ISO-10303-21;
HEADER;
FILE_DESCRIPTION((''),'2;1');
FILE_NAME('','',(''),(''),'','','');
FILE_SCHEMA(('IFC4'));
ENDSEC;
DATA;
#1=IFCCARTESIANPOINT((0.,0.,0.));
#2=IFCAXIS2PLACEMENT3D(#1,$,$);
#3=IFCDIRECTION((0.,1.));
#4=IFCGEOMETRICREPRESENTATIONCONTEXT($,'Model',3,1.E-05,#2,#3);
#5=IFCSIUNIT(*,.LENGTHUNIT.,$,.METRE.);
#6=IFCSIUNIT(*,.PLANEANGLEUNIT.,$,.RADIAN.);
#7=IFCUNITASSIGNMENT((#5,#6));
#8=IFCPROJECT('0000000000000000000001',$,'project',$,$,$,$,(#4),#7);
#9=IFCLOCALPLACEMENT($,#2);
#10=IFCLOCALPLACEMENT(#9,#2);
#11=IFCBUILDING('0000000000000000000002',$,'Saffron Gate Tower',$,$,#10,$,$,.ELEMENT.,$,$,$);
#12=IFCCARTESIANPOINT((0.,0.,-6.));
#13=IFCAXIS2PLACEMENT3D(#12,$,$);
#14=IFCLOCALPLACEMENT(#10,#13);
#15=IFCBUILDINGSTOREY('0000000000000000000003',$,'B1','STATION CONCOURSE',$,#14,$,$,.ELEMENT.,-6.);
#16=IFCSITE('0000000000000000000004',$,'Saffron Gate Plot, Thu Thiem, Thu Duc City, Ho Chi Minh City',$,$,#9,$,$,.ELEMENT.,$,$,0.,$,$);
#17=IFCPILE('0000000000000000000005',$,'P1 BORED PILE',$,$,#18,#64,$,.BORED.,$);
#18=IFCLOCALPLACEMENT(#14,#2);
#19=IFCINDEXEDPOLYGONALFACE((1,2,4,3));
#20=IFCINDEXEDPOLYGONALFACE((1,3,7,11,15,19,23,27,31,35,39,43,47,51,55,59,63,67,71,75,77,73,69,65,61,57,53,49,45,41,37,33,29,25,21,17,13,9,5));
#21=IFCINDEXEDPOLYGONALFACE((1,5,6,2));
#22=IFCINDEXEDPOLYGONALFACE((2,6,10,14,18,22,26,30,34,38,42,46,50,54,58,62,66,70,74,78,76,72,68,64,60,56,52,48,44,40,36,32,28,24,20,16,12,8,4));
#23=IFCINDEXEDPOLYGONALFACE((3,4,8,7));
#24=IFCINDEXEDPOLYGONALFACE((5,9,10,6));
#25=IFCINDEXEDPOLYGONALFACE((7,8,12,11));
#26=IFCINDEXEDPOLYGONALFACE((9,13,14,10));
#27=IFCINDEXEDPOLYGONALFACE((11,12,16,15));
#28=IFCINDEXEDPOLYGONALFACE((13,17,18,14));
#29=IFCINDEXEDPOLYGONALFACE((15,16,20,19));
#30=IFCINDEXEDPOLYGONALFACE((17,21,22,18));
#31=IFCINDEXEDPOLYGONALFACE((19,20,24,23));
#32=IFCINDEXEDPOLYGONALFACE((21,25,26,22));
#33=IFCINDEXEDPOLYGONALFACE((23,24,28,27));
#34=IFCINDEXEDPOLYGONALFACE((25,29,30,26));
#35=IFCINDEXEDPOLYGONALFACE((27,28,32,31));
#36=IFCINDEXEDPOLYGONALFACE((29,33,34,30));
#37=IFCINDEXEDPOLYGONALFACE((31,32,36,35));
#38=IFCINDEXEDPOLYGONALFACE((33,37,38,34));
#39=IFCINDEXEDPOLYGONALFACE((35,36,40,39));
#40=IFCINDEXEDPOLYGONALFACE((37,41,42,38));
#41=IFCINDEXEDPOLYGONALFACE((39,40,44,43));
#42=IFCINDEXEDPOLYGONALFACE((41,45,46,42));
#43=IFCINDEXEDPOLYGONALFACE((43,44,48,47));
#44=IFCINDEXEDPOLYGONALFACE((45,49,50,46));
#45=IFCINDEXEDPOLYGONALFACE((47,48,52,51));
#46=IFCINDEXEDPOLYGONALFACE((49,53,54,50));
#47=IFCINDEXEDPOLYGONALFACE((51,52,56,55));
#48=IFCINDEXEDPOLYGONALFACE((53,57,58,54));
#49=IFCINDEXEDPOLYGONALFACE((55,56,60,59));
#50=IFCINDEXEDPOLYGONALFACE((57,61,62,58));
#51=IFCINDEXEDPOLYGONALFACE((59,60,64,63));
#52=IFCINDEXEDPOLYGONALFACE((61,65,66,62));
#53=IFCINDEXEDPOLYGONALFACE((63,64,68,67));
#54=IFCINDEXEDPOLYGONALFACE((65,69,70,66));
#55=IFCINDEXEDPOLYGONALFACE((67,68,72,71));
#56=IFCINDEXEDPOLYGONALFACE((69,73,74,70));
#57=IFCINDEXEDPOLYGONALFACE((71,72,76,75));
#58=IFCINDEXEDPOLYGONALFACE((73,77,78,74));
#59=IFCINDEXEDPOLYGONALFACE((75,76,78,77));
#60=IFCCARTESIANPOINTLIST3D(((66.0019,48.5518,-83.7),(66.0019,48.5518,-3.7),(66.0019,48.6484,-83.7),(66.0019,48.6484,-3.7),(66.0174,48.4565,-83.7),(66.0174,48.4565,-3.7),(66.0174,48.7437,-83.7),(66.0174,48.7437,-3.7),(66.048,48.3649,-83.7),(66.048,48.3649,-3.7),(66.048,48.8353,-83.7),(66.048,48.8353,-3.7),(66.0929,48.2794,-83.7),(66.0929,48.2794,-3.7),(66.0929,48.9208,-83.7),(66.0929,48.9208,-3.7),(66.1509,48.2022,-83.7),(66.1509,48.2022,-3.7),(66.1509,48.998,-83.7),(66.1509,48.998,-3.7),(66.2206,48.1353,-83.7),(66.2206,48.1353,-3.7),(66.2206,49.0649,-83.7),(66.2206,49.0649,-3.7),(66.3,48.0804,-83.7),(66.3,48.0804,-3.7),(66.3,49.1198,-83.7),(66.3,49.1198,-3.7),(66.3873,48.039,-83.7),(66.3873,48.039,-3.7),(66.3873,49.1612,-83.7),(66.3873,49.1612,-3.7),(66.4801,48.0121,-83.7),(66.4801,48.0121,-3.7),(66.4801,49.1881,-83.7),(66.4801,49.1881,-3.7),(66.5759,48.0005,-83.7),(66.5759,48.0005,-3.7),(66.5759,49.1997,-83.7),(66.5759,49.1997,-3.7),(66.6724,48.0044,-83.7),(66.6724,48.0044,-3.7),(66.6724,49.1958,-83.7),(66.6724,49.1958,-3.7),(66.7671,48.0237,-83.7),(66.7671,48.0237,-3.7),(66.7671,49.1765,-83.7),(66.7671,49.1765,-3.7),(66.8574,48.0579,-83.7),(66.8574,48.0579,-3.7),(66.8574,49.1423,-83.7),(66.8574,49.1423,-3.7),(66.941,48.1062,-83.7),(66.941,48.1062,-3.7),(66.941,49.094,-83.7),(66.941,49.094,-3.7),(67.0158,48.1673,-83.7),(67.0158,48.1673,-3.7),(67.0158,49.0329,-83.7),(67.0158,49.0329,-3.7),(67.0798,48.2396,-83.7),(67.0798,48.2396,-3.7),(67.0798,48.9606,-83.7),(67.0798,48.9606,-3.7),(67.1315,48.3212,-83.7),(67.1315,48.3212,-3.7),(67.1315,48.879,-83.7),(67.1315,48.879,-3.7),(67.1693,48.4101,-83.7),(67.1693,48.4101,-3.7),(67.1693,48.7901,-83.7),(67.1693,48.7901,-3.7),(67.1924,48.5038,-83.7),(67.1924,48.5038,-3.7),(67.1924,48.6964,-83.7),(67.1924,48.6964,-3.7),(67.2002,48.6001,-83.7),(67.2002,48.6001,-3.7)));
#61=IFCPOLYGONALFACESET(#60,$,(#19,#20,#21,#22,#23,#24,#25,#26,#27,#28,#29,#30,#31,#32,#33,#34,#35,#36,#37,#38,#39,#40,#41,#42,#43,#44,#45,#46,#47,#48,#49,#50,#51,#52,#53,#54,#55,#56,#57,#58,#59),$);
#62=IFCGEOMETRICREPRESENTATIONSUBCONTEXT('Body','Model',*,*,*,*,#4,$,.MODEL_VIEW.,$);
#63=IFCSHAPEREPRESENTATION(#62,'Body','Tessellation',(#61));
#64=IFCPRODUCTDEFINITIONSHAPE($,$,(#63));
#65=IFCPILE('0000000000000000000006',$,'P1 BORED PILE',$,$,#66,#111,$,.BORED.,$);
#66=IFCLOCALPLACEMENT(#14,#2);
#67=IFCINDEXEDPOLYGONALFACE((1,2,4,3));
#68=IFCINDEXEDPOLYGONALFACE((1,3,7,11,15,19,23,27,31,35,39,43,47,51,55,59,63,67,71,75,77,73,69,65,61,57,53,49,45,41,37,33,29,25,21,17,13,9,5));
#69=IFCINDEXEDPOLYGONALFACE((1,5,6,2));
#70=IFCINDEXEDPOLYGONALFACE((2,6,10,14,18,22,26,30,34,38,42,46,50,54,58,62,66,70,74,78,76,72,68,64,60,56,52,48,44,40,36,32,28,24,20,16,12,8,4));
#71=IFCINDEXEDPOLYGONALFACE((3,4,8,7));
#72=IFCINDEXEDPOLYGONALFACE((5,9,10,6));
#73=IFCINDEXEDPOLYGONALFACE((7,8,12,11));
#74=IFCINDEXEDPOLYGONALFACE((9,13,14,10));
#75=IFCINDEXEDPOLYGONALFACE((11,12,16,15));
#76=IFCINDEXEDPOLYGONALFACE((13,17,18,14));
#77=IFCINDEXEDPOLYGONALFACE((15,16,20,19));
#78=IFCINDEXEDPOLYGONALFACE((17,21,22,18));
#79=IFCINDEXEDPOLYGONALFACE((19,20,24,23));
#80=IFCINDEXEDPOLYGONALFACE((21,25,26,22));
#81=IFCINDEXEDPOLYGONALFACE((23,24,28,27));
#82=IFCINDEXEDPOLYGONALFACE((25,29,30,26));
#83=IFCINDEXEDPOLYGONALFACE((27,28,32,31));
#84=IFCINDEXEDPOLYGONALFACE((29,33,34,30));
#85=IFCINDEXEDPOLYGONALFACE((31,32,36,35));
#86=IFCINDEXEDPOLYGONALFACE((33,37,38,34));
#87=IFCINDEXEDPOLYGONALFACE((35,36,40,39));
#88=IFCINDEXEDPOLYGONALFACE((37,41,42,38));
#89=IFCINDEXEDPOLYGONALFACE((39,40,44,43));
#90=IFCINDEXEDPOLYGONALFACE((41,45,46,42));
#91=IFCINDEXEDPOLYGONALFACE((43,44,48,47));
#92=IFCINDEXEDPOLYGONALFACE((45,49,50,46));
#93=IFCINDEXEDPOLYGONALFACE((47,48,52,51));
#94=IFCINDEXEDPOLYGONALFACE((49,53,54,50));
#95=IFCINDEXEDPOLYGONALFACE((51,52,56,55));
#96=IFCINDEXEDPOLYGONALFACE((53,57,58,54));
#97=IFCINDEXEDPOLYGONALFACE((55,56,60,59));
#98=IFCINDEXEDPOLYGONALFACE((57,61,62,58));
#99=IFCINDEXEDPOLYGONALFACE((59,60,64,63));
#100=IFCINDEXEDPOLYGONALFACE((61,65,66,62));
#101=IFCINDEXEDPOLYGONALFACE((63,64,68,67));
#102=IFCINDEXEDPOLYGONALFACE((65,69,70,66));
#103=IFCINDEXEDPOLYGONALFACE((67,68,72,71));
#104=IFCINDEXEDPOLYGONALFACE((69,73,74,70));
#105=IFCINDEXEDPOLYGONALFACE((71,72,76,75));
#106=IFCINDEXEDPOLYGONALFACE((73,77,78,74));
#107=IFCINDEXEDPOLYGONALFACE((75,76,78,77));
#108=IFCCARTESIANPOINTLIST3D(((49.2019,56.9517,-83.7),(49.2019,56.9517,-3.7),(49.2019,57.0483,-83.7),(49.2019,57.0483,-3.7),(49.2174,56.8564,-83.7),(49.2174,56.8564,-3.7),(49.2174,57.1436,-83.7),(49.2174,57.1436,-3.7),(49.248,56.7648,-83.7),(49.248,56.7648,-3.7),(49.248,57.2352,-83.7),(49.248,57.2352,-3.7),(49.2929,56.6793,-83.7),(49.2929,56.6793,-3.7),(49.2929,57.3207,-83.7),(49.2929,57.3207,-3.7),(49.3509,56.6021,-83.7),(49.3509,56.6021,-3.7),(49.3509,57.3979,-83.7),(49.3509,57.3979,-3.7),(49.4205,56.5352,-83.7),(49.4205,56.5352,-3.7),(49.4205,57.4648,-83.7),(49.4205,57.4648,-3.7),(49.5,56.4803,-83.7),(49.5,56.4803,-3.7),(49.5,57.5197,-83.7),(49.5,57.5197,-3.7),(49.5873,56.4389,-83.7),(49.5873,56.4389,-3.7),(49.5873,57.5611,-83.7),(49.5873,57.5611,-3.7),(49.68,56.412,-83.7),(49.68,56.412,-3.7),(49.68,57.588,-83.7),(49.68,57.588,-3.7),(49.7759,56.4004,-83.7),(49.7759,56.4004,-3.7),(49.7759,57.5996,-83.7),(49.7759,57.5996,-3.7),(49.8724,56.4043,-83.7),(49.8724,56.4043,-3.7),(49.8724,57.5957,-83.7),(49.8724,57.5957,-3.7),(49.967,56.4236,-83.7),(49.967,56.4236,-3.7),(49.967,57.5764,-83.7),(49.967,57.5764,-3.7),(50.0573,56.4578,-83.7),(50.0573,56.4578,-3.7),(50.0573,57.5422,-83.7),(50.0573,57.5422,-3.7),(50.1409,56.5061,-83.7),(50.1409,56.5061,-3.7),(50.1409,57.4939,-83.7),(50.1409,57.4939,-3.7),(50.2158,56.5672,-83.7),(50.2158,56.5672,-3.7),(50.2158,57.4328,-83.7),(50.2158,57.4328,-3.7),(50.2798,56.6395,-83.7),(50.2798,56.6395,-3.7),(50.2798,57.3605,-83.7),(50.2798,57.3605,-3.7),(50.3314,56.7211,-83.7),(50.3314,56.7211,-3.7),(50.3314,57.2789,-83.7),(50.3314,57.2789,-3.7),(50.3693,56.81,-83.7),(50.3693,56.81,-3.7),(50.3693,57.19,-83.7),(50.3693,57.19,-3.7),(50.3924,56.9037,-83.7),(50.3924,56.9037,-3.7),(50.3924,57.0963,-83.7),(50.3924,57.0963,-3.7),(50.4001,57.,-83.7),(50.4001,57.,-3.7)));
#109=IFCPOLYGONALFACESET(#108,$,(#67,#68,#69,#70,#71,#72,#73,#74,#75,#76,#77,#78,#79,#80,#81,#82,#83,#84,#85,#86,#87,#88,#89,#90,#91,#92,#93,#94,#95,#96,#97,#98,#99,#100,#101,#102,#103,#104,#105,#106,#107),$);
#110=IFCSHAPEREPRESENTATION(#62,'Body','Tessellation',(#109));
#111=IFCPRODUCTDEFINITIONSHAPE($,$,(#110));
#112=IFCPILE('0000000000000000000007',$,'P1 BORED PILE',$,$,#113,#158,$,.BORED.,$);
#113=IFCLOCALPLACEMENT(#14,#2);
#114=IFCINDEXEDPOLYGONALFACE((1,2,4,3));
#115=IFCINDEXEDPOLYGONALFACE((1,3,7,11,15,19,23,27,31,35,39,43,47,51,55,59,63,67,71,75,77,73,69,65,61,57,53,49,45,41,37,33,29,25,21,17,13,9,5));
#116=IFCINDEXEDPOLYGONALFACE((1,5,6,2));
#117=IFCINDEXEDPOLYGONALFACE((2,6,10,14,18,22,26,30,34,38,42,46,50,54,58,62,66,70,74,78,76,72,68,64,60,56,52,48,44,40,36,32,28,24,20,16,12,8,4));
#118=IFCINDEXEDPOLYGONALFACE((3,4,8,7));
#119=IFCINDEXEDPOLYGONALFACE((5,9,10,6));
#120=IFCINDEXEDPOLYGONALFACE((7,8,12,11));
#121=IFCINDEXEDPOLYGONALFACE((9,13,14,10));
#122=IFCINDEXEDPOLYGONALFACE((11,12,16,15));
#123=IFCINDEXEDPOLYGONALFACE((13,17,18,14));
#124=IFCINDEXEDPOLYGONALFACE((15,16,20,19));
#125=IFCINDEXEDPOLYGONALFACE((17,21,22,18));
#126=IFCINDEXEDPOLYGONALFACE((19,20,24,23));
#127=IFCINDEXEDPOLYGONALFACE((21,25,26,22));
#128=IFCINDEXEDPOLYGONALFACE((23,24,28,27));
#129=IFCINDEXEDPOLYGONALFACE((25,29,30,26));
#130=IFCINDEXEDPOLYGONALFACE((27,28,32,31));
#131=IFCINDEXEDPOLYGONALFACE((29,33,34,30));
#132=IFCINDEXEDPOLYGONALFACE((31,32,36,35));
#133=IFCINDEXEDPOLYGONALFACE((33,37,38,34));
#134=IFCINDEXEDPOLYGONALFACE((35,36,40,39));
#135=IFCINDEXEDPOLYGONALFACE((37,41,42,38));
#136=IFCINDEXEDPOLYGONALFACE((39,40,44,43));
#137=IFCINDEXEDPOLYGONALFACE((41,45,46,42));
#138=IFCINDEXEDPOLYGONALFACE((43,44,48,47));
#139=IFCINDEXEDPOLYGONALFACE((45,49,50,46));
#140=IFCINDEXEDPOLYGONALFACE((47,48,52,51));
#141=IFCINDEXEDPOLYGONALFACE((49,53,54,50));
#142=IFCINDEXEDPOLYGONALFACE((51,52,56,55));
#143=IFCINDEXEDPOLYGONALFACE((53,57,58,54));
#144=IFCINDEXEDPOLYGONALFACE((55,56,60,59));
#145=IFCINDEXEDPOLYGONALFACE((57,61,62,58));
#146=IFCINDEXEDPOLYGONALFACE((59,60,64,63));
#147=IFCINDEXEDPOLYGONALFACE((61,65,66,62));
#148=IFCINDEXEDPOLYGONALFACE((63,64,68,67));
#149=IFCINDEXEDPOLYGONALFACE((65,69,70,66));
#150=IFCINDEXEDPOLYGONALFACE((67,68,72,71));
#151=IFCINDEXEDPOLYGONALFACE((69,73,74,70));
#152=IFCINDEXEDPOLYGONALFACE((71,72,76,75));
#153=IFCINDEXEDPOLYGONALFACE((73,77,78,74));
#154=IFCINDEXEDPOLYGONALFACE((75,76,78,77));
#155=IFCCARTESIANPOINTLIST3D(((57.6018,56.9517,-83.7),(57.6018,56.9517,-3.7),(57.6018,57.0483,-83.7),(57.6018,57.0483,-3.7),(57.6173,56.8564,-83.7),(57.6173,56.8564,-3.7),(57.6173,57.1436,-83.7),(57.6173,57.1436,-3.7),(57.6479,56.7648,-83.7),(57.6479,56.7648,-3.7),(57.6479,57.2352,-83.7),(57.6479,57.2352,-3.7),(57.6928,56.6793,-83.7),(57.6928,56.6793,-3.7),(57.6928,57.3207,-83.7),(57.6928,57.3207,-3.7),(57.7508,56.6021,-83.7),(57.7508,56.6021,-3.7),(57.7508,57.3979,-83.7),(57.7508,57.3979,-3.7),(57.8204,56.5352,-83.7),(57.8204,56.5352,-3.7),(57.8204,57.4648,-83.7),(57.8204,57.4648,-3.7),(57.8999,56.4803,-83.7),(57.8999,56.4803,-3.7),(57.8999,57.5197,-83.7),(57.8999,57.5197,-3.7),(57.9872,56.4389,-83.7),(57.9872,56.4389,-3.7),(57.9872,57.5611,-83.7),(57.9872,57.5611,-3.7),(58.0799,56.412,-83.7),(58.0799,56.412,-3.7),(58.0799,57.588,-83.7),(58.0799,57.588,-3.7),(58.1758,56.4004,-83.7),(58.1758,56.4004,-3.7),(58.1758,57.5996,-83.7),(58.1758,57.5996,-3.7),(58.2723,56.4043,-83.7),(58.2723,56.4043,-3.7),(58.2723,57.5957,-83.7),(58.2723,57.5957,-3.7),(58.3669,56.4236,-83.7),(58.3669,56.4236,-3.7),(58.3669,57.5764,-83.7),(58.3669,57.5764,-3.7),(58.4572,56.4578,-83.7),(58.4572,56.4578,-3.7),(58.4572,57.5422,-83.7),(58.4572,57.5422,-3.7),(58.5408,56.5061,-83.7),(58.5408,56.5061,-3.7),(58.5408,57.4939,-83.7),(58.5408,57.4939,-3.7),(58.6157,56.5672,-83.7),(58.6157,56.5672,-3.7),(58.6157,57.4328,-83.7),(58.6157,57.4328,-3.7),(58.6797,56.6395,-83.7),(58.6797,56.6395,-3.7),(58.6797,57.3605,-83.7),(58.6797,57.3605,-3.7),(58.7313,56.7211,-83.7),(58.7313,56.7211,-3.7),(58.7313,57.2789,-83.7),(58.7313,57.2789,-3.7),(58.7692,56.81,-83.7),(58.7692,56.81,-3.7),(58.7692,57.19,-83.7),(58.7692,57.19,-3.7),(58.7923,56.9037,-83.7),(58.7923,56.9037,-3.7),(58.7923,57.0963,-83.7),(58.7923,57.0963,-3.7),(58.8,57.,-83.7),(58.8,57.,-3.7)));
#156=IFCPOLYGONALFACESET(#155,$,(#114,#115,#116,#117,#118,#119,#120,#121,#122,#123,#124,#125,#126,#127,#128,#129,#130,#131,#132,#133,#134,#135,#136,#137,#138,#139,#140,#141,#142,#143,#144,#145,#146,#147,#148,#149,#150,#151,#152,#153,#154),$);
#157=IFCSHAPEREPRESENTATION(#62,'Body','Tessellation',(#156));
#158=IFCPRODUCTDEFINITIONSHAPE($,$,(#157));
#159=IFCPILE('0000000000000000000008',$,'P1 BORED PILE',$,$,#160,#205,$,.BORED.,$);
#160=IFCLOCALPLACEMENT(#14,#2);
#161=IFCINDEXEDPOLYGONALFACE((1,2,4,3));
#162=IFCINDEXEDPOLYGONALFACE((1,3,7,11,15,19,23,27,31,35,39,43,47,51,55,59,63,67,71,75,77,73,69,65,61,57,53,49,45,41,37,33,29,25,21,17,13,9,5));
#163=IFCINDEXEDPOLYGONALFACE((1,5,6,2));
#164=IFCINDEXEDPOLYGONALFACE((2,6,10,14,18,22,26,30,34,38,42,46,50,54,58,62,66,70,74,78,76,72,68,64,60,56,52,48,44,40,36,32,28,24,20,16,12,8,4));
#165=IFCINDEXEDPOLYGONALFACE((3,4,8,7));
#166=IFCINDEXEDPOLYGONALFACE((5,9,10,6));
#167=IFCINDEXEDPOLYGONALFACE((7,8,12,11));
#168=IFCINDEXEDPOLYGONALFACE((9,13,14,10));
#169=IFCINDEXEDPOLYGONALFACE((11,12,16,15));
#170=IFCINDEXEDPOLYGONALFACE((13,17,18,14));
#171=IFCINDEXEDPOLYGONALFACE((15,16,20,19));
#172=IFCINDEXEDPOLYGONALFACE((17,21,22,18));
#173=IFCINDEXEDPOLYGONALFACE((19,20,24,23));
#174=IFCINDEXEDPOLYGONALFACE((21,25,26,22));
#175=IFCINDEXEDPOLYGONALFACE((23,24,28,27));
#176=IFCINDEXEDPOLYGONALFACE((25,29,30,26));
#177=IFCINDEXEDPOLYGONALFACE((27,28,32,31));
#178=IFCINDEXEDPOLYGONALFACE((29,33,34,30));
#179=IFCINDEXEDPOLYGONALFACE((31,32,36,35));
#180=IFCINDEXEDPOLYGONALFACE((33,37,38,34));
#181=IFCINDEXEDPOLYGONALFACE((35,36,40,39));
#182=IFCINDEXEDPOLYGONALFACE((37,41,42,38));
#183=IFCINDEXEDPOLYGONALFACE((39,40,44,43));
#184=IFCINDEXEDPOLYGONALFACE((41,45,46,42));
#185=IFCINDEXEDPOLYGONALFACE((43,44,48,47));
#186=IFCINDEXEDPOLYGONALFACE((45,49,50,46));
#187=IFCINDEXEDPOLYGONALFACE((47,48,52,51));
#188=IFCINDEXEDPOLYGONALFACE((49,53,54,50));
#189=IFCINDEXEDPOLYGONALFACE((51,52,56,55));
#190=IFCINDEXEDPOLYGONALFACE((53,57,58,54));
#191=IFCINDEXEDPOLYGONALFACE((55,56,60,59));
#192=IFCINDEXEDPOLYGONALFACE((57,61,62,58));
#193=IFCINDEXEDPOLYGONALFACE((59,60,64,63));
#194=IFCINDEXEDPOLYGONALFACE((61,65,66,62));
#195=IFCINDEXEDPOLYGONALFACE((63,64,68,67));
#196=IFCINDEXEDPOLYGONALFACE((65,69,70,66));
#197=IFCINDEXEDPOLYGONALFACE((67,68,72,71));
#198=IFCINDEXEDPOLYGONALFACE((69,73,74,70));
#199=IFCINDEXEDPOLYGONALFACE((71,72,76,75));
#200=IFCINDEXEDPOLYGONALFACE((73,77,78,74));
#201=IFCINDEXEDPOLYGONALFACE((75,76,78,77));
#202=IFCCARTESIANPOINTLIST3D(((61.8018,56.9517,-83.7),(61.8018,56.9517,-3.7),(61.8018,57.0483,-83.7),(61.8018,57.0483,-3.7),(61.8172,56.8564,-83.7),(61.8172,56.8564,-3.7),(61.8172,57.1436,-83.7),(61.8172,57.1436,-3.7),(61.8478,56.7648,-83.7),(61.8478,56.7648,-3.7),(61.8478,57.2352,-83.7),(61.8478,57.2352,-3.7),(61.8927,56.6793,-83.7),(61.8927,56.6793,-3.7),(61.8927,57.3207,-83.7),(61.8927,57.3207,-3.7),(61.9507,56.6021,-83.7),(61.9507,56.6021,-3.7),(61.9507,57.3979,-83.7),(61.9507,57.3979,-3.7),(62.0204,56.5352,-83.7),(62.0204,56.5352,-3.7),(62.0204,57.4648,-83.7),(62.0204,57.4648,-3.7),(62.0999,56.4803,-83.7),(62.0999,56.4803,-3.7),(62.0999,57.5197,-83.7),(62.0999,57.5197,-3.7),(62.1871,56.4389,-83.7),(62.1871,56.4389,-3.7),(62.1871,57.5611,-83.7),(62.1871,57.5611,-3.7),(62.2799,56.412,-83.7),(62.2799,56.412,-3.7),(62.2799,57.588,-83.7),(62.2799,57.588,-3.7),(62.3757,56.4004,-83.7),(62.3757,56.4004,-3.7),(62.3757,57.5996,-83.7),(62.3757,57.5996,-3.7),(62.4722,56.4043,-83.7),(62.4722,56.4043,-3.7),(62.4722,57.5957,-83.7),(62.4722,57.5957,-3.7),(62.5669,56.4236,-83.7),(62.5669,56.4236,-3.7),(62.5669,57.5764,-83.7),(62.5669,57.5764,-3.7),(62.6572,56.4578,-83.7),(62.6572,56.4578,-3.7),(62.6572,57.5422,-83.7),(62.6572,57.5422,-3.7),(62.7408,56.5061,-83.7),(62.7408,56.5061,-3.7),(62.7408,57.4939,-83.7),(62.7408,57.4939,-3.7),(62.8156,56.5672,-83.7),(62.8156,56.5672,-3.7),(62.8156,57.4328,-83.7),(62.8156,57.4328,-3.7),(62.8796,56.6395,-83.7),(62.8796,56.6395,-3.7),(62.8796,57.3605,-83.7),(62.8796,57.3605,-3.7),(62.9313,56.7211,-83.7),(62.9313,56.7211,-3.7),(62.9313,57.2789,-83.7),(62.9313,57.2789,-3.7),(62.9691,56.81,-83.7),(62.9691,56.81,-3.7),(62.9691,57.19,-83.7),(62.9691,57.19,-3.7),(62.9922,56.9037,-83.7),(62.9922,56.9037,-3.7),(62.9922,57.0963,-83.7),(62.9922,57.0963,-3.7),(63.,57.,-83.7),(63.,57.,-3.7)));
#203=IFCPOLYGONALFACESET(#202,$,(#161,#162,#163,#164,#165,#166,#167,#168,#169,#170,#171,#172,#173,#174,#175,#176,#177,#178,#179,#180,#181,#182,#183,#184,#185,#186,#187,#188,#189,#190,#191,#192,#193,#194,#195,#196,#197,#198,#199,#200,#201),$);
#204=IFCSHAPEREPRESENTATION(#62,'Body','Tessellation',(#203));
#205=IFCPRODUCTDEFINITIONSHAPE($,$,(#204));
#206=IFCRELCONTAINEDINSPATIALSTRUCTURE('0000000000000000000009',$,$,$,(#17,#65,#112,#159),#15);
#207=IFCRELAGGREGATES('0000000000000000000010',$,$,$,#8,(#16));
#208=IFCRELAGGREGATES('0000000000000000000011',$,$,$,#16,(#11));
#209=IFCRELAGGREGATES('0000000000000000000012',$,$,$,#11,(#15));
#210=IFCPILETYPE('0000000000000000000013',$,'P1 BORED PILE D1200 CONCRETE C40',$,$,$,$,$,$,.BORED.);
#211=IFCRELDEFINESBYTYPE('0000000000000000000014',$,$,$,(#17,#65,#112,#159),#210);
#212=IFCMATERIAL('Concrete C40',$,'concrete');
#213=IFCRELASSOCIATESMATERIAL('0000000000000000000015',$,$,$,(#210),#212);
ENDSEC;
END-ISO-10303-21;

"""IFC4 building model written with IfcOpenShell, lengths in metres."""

from ifc_helpers import new_model, si_unit, direction, frame, origin, origin_2d, place, context, subcontext, project, spatial, circle, extrude, material, material_profile, profile_set, type_object, element, save


model = new_model("IFC4")

# Units and contexts
model_context = context("Model", 3, precision=1e-05, world=origin(), true_north=direction((0.0, 1.0)))
body_context = subcontext(model_context, "Body", "Model", "MODEL_VIEW")
ifc_project = project(units=[si_unit("LENGTHUNIT", "METRE"), si_unit("PLANEANGLEUNIT", "RADIAN")], contexts=[model_context])

# Site, building, storey
site_placement = place(None, origin())
site = spatial("IfcSite", under=ifc_project, at=site_placement, Name="Saffron Gate Plot, Thu Thiem, Thu Duc City, Ho Chi Minh City", CompositionType="ELEMENT", RefElevation=0.0)
building_placement = place(site_placement, origin())
building = spatial("IfcBuilding", under=site, at=building_placement, Name="Saffron Gate Tower", CompositionType="ELEMENT")
storey_placement = place(building_placement, frame((0.0, 0.0, -6.0)))
storey = spatial("IfcBuildingStorey", under=building, at=storey_placement, Name="B1", Description="STATION CONCOURSE", CompositionType="ELEMENT", Elevation=-6.0)

# Piles
ifc_material_1 = material(Name="Concrete C40", Category="concrete")
ifc_material_profile_1 = material_profile(ifc_material_1, circle(Radius=0.6001, at=origin_2d()))
ifc_profile_set_1 = profile_set([ifc_material_profile_1], Name="Concrete C40")
pile_type_1 = type_object("IfcPileType", Name="P1 BORED PILE D1200 CONCRETE C40", PredefinedType="BORED", material=ifc_profile_set_1)
for number, where, z_axis, x_axis, name in (
    (1, (66.6001, 48.6001, -3.7), (0.0, 0.0, -1.0), (1.0, 0.0, 0.0), "P1 BORED PILE"),
    (2, (49.8, 57.0, -3.7), (0.0, 0.0, -1.0), (1.0, 0.0, 0.0), "P1 BORED PILE"),
    (3, (58.2, 57.0, -3.7), (0.0, 0.0, -1.0), (1.0, 0.0, 0.0), "P1 BORED PILE"),
    (4, (62.3999, 57.0, -3.7), (0.0, 0.0, -1.0), (1.0, 0.0, 0.0), "P1 BORED PILE"),
):
    element("IfcPile", number, at=place(storey_placement, frame(where, z_axis=z_axis, x_axis=x_axis)), inside=storey, type_object=pile_type_1, Name=name, PredefinedType="BORED", context=body_context, shape_type="SweptSolid", body=[
        extrude(circle(Radius=0.6001, at=origin_2d()), origin(), (0.0, 0.0, 1.0), 80.0),
    ])

save(model, "model.ifc")
